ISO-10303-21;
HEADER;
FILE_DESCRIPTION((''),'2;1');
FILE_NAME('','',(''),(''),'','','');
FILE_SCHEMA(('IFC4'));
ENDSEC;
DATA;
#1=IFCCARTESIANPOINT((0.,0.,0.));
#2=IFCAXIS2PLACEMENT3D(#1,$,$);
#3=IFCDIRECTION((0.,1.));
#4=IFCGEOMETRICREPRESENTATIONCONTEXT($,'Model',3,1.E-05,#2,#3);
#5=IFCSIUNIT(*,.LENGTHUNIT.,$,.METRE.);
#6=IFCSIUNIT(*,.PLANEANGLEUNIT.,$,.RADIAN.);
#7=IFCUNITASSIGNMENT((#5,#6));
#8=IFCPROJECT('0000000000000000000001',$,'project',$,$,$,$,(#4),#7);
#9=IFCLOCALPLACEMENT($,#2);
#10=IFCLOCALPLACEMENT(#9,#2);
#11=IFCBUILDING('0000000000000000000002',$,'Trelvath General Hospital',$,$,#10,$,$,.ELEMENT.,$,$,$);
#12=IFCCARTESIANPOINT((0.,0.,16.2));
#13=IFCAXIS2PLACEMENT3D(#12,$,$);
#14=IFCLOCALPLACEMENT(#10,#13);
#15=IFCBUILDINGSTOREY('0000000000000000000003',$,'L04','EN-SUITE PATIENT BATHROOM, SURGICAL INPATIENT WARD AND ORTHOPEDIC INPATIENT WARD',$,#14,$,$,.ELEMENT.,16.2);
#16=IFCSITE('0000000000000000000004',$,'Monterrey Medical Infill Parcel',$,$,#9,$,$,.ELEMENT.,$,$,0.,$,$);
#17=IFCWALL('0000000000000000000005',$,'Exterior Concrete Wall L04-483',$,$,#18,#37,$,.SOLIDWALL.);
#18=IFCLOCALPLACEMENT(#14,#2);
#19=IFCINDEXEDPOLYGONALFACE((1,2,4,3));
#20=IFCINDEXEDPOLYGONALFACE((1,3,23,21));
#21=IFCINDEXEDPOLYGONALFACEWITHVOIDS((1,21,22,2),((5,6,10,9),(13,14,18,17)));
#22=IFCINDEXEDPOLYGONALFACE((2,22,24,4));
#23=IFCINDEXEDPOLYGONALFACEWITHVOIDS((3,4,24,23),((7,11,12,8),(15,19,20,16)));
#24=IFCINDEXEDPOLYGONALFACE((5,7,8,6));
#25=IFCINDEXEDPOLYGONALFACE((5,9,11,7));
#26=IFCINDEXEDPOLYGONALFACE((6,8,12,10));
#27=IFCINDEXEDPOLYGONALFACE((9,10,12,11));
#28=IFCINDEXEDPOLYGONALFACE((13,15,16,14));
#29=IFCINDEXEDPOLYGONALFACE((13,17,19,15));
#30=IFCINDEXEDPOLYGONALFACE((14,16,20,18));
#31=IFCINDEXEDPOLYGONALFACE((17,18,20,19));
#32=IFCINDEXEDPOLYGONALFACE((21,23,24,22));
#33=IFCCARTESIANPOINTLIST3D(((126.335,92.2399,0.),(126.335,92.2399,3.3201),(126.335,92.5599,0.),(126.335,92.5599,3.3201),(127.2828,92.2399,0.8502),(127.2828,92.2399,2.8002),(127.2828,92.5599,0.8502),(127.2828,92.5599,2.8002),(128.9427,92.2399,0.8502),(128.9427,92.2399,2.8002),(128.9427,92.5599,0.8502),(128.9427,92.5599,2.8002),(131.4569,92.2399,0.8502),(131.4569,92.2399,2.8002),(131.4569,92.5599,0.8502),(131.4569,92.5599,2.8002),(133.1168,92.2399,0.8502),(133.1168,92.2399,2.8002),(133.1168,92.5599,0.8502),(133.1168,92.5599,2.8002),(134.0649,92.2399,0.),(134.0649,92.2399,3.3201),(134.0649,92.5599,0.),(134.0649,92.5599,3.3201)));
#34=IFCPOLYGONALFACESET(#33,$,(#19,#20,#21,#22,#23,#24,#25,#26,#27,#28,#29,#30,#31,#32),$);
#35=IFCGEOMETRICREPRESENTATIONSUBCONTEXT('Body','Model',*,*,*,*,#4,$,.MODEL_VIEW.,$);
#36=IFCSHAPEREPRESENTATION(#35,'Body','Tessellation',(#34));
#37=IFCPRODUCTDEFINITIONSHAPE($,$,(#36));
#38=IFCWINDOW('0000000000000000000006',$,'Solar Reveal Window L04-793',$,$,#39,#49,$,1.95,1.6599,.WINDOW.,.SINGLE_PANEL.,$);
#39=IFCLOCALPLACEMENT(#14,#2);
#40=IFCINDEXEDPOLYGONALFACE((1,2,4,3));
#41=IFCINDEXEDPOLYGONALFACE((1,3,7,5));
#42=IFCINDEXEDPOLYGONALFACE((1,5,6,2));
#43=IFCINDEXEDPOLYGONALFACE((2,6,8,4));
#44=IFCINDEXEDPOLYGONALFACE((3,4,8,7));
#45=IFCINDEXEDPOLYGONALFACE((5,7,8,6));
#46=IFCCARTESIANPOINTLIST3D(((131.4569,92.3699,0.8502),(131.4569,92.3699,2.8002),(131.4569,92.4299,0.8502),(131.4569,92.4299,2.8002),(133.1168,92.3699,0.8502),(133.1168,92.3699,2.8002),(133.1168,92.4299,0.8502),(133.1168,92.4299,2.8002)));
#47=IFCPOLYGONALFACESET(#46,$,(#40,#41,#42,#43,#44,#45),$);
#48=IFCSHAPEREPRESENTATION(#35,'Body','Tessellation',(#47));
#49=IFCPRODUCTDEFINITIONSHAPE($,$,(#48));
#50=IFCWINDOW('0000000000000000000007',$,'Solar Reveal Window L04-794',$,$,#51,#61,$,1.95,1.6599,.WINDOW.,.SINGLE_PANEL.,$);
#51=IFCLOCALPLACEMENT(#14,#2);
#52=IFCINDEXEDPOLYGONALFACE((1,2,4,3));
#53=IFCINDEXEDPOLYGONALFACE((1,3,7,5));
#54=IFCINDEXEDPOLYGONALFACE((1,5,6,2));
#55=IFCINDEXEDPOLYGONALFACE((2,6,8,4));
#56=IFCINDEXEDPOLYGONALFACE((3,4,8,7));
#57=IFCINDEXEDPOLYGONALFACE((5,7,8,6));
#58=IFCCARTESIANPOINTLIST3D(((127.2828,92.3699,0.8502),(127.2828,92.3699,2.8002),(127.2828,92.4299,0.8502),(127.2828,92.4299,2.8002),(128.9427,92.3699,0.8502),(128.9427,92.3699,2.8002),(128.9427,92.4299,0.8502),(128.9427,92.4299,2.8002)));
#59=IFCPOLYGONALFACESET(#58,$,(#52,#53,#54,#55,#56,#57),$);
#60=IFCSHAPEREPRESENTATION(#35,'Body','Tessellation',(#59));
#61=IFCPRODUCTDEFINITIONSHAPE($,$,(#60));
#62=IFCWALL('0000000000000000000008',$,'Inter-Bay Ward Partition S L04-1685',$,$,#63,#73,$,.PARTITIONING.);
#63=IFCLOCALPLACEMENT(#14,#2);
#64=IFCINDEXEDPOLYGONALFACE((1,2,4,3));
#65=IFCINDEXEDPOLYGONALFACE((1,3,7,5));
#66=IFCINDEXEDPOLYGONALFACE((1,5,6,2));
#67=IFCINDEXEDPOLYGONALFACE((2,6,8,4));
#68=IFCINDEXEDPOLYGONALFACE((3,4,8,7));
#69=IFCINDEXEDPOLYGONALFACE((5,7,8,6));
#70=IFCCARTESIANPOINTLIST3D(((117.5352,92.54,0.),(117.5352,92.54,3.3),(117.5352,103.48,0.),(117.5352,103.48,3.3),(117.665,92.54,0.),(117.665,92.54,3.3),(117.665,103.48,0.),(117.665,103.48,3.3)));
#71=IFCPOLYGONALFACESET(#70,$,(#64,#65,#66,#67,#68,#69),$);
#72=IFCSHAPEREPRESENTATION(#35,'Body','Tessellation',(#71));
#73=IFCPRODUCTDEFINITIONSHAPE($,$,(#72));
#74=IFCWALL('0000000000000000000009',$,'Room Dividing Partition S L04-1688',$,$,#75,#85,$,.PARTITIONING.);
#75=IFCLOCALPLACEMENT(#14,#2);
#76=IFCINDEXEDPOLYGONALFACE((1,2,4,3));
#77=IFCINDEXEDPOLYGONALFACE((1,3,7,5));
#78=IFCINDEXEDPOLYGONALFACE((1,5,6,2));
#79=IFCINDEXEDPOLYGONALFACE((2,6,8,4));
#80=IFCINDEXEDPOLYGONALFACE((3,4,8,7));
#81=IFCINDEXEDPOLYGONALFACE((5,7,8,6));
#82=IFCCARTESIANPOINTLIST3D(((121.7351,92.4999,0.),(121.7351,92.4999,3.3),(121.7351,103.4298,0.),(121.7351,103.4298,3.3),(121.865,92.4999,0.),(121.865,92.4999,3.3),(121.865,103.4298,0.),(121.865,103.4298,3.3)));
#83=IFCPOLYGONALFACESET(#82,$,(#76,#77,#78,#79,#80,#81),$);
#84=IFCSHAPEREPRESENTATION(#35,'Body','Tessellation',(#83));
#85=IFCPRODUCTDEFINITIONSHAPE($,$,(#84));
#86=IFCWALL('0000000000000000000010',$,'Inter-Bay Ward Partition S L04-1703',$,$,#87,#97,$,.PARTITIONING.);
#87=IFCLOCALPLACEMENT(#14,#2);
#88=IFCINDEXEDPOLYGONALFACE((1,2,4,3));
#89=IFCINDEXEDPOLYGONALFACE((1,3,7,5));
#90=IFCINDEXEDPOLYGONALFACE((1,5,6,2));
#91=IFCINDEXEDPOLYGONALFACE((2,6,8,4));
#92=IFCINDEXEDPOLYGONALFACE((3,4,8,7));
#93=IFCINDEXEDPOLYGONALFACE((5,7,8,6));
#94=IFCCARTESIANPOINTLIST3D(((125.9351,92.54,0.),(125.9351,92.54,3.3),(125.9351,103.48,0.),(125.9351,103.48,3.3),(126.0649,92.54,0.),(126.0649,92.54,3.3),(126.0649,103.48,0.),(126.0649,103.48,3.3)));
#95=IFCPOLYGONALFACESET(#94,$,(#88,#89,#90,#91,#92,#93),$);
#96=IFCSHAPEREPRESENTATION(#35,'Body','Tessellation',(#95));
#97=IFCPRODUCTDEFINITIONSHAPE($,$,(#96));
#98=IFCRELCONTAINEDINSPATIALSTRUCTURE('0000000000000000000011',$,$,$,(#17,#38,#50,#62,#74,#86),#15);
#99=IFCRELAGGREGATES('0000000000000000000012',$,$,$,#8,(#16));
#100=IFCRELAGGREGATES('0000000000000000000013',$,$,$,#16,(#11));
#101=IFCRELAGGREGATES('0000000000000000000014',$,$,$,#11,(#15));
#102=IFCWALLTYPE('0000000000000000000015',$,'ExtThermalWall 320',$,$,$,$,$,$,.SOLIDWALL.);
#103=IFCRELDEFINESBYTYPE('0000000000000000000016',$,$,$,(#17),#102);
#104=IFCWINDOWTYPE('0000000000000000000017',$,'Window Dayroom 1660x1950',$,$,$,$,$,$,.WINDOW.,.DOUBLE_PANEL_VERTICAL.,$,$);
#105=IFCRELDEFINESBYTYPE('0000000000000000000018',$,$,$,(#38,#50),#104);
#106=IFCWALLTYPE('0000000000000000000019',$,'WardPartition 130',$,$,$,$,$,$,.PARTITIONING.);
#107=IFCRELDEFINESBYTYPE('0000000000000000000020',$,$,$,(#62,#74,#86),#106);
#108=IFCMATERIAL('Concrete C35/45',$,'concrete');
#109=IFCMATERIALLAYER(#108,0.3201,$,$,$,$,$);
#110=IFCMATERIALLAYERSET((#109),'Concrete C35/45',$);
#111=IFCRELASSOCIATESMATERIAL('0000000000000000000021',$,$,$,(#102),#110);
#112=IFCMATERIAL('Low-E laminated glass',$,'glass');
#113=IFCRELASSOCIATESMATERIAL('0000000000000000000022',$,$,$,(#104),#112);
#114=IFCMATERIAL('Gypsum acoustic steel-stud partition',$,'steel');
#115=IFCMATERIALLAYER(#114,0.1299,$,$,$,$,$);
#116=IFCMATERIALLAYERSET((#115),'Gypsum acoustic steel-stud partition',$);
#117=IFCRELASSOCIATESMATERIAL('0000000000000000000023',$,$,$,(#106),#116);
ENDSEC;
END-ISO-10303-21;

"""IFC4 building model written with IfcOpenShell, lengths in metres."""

from ifc_helpers import new_model, si_unit, direction, frame, frame_2d, origin, place, context, subcontext, project, spatial, rectangle, extrude, material, layer, layer_set, type_object, element, fill, save


model = new_model("IFC4")

# Units and contexts
model_context = context("Model", 3, precision=1e-05, world=origin(), true_north=direction((0.0, 1.0)))
body_context = subcontext(model_context, "Body", "Model", "MODEL_VIEW")
ifc_project = project(units=[si_unit("LENGTHUNIT", "METRE"), si_unit("PLANEANGLEUNIT", "RADIAN")], contexts=[model_context])

# Site, building, storey
site_placement = place(None, origin())
site = spatial("IfcSite", under=ifc_project, at=site_placement, Name="Monterrey Medical Infill Parcel", CompositionType="ELEMENT", RefElevation=0.0)
building_placement = place(site_placement, origin())
building = spatial("IfcBuilding", under=site, at=building_placement, Name="Trelvath General Hospital", CompositionType="ELEMENT")
storey_placement = place(building_placement, frame((0.0, 0.0, 16.2)))
storey = spatial("IfcBuildingStorey", under=building, at=storey_placement, Name="L04", Description="EN-SUITE PATIENT BATHROOM, SURGICAL INPATIENT WARD AND ORTHOPEDIC INPATIENT WARD", CompositionType="ELEMENT", Elevation=16.2)

# Wall, openings, windows
ifc_material_1 = material(Name="Concrete C35/45", Category="concrete")
ifc_layer_1 = layer(ifc_material_1, 0.3201)
ifc_layer_set_1 = layer_set([ifc_layer_1], Name="Concrete C35/45")
wall_type_1 = type_object("IfcWallType", Name="ExtThermalWall 320", PredefinedType="SOLIDWALL", material=ifc_layer_set_1)
wall_1_placement = place(storey_placement, frame((134.0649, 92.3999, 0.0), z_axis=(0.0, 0.0, 1.0), x_axis=(-1.0, 0.0, 0.0)))
wall_1 = element("IfcWall", 1, at=wall_1_placement, inside=storey, type_object=wall_type_1, Name="Exterior Concrete Wall L04-483", PredefinedType="SOLIDWALL", context=body_context, shape_type="SweptSolid", body=[
    extrude(rectangle(XDim=7.73, YDim=0.3201, at=frame_2d((3.865, 0.0))), origin(), (0.0, 0.0, 1.0), 3.3201),
])
opening_1_placement = place(wall_1_placement, frame((0.948, 0.0, 0.8501)))
opening_1 = element("IfcOpeningElement", 2, at=opening_1_placement, cuts=wall_1, PredefinedType="OPENING", context=body_context, shape_type="SweptSolid", body=[
    extrude(rectangle(XDim=1.6599, YDim=1.95, at=frame_2d((0.8301, 0.9751))), frame((0.0, 0.1699, 0.0), z_axis=(0.0, -1.0, 0.0), x_axis=(1.0, 0.0, 0.0)), (0.0, 0.0, 1.0), 0.3401),
])
opening_2_placement = place(wall_1_placement, frame((5.1221, 0.0, 0.8501)))
opening_2 = element("IfcOpeningElement", 3, at=opening_2_placement, cuts=wall_1, PredefinedType="OPENING", context=body_context, shape_type="SweptSolid", body=[
    extrude(rectangle(XDim=1.6599, YDim=1.95, at=frame_2d((0.8301, 0.9751))), frame((0.0, 0.1699, 0.0), z_axis=(0.0, -1.0, 0.0), x_axis=(1.0, 0.0, 0.0)), (0.0, 0.0, 1.0), 0.3401),
])
ifc_material_2 = material(Name="Low-E laminated glass", Category="glass")
window_type_1 = type_object("IfcWindowType", Name="Window Dayroom 1660x1950", PartitioningType="DOUBLE_PANEL_VERTICAL", PredefinedType="WINDOW", material=ifc_material_2)
window_1_placement = place(opening_1_placement, origin())
window_1 = element("IfcWindow", 4, at=window_1_placement, inside=storey, type_object=window_type_1, Name="Solar Reveal Window L04-793", OverallHeight=1.95, OverallWidth=1.6599, PartitioningType="SINGLE_PANEL", PredefinedType="WINDOW", context=body_context, shape_type="SweptSolid", body=[
    extrude(rectangle(XDim=1.6599, YDim=1.95, at=frame_2d((0.8301, 0.9751))), frame((0.0, 0.03, 0.0), z_axis=(0.0, -1.0, 0.0), x_axis=(1.0, 0.0, 0.0)), (0.0, 0.0, 1.0), 0.0601),
])
fill(opening_1, window_1)
window_2_placement = place(opening_2_placement, origin())
window_2 = element("IfcWindow", 5, at=window_2_placement, inside=storey, type_object=window_type_1, Name="Solar Reveal Window L04-794", OverallHeight=1.95, OverallWidth=1.6599, PartitioningType="SINGLE_PANEL", PredefinedType="WINDOW", context=body_context, shape_type="SweptSolid", body=[
    extrude(rectangle(XDim=1.6599, YDim=1.95, at=frame_2d((0.8301, 0.9751))), frame((0.0, 0.03, 0.0), z_axis=(0.0, -1.0, 0.0), x_axis=(1.0, 0.0, 0.0)), (0.0, 0.0, 1.0), 0.0601),
])
fill(opening_2, window_2)

# Walls
ifc_material_3 = material(Name="Gypsum acoustic steel-stud partition", Category="steel")
ifc_layer_2 = layer(ifc_material_3, 0.1299)
ifc_layer_set_2 = layer_set([ifc_layer_2], Name="Gypsum acoustic steel-stud partition")
wall_type_2 = type_object("IfcWallType", Name="WardPartition 130", PredefinedType="PARTITIONING", material=ifc_layer_set_2)
wall_2_placement = place(storey_placement, frame((117.6001, 92.54, 0.0), z_axis=(0.0, 0.0, 1.0), x_axis=(0.0, 1.0, 0.0)))
element("IfcWall", 6, at=wall_2_placement, inside=storey, type_object=wall_type_2, Name="Inter-Bay Ward Partition S L04-1685", PredefinedType="PARTITIONING", context=body_context, shape_type="SweptSolid", body=[
    extrude(rectangle(XDim=10.9399, YDim=0.1299, at=frame_2d((5.47, 0.0))), origin(), (0.0, 0.0, 1.0), 3.3),
])
wall_3_placement = place(storey_placement, frame((121.8, 92.5, 0.0), z_axis=(0.0, 0.0, 1.0), x_axis=(0.0, 1.0, 0.0)))
element("IfcWall", 7, at=wall_3_placement, inside=storey, type_object=wall_type_2, Name="Room Dividing Partition S L04-1688", PredefinedType="PARTITIONING", context=body_context, shape_type="SweptSolid", body=[
    extrude(rectangle(XDim=10.9299, YDim=0.1299, at=frame_2d((5.4648, 0.0))), origin(), (0.0, 0.0, 1.0), 3.3),
])
wall_4_placement = place(storey_placement, frame((126.0, 92.54, 0.0), z_axis=(0.0, 0.0, 1.0), x_axis=(0.0, 1.0, 0.0)))
element("IfcWall", 8, at=wall_4_placement, inside=storey, type_object=wall_type_2, Name="Inter-Bay Ward Partition S L04-1703", PredefinedType="PARTITIONING", context=body_context, shape_type="SweptSolid", body=[
    extrude(rectangle(XDim=10.9399, YDim=0.1299, at=frame_2d((5.47, 0.0))), origin(), (0.0, 0.0, 1.0), 3.3),
])

save(model, "model.ifc")
